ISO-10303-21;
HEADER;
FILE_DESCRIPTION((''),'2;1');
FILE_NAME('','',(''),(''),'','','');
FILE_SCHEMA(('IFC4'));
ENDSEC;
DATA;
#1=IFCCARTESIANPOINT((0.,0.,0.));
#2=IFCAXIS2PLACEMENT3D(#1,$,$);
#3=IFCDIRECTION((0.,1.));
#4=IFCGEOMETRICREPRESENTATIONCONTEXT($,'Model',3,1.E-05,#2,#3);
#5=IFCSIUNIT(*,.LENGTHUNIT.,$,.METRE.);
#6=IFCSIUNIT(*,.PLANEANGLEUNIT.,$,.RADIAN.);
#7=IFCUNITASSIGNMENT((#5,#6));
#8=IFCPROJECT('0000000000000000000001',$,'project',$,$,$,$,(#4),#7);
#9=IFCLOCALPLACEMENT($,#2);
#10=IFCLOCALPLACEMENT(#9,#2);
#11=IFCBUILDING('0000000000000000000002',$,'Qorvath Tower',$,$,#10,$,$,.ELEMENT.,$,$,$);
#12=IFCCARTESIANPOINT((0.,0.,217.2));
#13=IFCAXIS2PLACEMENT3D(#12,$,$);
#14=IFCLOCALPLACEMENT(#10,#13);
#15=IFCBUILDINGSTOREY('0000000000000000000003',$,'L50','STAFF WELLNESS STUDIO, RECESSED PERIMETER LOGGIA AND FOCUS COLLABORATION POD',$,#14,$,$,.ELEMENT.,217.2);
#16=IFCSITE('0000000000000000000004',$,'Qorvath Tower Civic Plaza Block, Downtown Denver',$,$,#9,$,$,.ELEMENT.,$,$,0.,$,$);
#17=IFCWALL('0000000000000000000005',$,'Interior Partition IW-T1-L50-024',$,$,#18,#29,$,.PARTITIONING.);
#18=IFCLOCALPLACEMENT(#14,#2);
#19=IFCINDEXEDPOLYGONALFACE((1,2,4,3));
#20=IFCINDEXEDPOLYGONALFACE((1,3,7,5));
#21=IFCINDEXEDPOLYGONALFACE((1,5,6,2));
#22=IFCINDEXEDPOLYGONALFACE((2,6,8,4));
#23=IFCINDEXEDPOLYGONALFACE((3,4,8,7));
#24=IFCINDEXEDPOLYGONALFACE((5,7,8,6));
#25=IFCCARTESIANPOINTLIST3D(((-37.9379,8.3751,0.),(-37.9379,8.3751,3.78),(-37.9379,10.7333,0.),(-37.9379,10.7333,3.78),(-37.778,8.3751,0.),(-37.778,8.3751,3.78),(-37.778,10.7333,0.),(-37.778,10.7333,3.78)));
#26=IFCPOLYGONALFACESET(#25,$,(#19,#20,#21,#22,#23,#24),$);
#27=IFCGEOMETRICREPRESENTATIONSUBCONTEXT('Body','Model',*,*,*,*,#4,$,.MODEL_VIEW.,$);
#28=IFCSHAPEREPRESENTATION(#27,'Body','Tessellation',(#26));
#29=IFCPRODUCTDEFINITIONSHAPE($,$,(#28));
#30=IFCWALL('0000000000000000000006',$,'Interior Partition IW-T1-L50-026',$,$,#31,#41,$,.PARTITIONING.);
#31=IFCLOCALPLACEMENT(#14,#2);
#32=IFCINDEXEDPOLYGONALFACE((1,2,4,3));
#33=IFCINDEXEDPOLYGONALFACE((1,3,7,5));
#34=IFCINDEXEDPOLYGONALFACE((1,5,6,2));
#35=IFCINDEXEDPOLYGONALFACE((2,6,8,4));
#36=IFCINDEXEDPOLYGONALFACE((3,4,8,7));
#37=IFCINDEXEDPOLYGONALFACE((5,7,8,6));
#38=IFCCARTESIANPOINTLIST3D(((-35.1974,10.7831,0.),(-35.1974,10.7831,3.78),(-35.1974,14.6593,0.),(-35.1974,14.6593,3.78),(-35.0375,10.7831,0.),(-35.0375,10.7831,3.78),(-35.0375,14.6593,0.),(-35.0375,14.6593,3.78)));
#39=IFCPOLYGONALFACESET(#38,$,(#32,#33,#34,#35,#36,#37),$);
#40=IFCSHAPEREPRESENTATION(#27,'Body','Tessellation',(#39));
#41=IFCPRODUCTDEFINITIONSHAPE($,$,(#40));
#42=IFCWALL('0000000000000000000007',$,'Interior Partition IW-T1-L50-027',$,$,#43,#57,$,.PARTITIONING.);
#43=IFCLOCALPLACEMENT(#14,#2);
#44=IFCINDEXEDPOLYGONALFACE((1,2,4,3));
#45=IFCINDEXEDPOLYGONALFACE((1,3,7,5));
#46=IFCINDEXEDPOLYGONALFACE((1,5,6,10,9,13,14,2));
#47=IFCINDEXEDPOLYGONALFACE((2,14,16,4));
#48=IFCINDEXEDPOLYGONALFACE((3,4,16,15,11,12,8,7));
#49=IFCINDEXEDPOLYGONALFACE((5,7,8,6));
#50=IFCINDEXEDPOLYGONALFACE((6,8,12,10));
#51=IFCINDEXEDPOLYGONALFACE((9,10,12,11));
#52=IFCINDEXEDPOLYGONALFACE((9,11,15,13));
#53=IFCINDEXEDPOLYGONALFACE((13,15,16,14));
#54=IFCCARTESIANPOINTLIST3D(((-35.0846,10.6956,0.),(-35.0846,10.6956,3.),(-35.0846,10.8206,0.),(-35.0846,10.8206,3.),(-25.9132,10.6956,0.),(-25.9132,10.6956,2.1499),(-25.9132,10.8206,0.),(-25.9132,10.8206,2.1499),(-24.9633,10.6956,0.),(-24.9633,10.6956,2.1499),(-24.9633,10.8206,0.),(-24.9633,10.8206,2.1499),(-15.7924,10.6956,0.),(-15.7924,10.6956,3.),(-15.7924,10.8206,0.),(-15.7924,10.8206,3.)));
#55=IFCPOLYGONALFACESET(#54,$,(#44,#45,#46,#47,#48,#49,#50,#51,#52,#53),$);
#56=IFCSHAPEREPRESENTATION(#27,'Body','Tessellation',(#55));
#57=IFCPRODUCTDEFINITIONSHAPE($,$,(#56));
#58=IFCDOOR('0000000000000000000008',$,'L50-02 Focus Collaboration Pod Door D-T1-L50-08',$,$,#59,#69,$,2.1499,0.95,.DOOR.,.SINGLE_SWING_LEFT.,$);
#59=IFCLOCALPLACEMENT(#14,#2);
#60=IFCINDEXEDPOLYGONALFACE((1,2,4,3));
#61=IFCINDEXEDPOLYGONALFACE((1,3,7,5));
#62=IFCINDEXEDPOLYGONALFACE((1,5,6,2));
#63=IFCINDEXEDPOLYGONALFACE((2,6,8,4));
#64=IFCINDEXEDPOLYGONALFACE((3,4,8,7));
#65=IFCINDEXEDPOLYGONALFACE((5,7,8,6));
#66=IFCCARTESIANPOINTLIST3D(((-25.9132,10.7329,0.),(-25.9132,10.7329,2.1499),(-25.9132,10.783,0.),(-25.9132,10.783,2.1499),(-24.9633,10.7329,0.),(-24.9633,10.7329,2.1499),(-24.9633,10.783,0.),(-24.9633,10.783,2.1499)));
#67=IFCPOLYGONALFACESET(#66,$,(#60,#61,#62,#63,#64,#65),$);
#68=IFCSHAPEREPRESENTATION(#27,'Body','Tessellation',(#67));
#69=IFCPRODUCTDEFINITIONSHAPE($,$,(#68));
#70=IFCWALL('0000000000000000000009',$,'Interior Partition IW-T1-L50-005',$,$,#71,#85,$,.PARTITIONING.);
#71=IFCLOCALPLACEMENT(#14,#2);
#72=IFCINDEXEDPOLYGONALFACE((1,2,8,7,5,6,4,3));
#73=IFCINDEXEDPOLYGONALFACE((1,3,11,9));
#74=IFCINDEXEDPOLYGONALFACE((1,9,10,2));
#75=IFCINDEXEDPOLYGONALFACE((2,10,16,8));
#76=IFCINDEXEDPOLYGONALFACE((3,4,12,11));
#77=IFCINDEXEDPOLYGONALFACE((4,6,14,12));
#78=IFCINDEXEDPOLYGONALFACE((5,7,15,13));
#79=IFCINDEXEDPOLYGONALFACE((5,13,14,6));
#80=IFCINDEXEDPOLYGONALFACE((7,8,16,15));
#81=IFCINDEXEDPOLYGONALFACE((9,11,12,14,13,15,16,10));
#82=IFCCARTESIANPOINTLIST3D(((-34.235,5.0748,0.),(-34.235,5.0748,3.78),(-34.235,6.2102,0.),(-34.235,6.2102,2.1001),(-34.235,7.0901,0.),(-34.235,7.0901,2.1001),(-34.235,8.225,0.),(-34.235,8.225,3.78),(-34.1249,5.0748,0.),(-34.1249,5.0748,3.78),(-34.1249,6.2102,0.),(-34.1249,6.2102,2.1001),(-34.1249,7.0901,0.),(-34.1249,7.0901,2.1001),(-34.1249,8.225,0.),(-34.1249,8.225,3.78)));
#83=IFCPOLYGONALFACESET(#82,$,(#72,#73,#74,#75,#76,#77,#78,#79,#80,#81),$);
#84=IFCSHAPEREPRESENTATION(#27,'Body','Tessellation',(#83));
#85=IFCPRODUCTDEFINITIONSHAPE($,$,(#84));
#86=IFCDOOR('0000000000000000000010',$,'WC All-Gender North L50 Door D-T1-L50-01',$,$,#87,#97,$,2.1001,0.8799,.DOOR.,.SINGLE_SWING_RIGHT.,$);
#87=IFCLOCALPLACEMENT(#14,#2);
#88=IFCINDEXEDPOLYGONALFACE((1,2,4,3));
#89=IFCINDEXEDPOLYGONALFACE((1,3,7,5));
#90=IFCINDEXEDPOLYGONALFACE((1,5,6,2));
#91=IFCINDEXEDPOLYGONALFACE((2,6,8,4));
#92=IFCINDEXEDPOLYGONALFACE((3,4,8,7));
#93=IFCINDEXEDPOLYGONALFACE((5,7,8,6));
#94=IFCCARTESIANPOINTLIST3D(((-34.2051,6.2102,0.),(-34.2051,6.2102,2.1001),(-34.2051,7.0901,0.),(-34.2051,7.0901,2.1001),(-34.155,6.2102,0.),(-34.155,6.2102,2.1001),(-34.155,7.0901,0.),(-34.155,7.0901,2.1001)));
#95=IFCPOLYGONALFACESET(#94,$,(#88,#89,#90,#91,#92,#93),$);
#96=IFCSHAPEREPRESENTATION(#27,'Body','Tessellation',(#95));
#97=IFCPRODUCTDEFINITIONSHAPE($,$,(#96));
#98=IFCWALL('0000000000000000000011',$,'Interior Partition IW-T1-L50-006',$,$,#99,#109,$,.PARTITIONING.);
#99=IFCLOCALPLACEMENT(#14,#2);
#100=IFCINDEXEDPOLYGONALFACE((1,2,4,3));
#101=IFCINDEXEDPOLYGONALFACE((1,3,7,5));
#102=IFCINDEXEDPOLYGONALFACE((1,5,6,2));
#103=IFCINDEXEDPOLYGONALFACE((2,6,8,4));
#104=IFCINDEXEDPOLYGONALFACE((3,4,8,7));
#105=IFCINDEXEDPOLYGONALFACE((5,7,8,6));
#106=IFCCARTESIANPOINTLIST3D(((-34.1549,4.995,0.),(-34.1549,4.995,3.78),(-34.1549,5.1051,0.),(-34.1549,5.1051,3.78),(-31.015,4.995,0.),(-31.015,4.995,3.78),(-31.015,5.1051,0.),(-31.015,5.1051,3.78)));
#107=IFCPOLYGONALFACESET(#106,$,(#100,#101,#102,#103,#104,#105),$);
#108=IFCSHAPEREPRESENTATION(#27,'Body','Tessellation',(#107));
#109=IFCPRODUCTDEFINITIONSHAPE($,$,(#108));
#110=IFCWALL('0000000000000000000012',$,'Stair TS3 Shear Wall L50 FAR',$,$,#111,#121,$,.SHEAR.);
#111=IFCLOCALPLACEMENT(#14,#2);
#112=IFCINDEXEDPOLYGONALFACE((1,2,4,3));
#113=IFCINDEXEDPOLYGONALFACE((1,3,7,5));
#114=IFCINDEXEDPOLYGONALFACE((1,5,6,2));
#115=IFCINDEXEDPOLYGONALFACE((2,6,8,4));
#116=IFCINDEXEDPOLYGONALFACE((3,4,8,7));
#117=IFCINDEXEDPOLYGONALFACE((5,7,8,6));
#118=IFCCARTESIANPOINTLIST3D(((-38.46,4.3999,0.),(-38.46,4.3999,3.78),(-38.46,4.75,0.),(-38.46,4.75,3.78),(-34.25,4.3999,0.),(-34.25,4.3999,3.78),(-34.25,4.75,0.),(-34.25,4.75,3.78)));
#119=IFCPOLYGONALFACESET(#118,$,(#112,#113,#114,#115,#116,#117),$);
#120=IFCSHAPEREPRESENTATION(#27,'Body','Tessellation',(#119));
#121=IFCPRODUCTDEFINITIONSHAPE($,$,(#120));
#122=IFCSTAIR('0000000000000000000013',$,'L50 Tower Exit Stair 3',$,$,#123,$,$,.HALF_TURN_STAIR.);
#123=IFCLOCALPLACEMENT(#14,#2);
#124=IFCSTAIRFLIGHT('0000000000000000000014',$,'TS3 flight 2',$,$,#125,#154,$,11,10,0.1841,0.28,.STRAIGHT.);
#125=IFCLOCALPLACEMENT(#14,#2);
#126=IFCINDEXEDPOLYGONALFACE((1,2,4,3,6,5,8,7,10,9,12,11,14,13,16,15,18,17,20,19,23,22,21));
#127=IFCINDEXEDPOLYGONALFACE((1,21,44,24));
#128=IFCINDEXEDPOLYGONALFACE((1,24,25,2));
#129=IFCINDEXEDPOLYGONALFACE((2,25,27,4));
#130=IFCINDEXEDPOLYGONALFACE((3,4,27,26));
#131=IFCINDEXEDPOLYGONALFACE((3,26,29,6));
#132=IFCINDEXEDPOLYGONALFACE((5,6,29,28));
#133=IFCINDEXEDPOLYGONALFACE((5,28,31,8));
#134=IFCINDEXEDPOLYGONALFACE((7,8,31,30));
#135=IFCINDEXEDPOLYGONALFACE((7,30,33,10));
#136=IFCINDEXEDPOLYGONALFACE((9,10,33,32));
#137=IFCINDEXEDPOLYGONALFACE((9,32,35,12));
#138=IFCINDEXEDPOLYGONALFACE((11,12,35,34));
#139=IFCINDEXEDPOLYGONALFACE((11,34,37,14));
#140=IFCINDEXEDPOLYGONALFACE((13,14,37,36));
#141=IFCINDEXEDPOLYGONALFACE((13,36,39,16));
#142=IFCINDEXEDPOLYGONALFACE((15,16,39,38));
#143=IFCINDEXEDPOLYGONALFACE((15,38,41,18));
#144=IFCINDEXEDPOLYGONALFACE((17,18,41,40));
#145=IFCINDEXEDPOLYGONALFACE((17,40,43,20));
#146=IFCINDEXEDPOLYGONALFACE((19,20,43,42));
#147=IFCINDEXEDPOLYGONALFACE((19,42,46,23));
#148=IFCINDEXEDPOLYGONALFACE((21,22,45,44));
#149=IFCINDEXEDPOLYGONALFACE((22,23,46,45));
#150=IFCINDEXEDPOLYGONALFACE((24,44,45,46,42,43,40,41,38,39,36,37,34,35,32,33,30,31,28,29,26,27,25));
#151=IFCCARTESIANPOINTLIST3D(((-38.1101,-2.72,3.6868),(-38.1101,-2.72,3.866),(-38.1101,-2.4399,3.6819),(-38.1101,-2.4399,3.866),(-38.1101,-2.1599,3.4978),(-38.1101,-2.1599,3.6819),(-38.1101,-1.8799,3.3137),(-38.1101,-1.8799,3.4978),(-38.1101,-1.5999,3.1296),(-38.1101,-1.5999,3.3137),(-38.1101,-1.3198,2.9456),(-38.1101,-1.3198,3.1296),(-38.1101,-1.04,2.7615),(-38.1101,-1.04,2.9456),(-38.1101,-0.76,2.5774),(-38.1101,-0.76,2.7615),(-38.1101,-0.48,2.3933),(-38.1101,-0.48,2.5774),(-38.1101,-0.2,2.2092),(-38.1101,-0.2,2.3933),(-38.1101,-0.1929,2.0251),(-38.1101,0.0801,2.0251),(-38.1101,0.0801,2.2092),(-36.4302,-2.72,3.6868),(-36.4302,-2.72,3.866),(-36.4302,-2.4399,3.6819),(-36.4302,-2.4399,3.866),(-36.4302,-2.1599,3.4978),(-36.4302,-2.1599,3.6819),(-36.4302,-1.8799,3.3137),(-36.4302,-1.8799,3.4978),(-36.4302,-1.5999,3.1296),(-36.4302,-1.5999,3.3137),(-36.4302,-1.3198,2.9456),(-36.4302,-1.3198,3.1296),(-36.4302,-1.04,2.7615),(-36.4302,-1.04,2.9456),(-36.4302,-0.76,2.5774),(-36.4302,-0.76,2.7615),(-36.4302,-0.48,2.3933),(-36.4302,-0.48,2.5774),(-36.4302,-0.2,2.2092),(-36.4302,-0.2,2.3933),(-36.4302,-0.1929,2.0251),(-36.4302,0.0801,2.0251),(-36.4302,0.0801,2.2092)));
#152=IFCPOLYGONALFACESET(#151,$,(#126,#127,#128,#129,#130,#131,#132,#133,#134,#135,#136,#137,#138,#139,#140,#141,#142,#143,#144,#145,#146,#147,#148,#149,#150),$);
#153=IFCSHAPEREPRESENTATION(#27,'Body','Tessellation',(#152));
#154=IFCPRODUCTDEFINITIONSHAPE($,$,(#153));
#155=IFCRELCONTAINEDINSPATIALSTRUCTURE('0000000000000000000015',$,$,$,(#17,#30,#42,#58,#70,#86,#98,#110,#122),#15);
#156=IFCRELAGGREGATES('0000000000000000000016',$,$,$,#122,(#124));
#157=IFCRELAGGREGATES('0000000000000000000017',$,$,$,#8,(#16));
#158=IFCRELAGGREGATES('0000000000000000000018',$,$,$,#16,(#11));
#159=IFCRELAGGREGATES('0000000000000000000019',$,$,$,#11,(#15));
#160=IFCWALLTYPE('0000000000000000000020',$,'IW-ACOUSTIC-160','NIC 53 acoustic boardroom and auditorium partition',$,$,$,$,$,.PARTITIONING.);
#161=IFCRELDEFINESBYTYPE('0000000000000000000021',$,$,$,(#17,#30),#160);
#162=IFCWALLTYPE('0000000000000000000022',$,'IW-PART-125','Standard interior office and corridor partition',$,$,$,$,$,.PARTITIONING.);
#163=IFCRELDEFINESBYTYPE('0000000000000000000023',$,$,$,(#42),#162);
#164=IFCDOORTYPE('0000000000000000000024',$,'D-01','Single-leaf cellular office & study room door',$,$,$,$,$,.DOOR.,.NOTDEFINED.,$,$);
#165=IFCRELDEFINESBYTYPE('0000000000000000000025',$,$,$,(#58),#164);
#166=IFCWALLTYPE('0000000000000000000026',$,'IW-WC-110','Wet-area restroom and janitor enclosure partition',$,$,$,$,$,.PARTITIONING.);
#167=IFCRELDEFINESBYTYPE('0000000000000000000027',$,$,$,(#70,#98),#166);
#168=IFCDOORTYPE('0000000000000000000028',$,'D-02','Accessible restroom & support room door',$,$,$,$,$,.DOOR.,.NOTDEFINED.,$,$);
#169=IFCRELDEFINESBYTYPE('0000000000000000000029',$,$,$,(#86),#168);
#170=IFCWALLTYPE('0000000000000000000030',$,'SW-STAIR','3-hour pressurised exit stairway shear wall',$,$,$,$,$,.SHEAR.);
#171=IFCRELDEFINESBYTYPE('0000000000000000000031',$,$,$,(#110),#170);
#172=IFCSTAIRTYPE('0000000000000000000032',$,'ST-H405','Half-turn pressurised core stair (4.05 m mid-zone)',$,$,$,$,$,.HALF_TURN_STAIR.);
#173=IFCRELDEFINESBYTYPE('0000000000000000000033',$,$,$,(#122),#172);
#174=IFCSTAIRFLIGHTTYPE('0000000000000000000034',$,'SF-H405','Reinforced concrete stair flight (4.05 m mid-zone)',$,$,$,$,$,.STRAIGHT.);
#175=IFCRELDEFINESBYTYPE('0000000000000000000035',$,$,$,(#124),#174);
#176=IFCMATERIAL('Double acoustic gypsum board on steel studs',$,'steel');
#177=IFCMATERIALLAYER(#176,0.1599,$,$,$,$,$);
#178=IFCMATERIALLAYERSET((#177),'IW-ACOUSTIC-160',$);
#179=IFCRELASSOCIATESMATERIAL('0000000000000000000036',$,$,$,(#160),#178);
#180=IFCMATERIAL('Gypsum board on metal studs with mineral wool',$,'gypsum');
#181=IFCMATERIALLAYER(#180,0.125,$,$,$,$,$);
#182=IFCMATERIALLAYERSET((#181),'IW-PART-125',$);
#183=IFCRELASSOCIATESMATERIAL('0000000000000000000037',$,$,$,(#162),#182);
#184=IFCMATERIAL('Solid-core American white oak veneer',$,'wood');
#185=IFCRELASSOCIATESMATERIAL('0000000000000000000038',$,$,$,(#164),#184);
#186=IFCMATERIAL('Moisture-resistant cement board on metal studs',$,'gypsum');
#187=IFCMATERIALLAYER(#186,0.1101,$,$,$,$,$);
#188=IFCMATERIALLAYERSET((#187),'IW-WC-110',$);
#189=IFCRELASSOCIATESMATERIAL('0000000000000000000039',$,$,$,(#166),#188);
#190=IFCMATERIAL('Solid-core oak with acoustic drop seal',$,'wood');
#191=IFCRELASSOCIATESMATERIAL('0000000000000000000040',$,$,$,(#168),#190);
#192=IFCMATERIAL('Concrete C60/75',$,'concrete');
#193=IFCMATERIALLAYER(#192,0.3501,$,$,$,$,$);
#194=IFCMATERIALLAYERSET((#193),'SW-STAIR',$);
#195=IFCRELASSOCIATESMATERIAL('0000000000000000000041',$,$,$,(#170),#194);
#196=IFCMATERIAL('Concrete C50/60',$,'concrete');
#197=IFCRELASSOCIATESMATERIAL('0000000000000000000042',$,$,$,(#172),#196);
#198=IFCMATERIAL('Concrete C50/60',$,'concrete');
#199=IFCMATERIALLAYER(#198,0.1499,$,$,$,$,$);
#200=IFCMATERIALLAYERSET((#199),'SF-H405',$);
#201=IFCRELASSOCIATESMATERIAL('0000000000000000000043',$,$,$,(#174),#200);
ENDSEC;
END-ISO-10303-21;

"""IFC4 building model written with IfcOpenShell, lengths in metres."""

from ifc_helpers import new_model, si_unit, direction, frame, frame_2d, origin, place, context, subcontext, project, spatial, polyline, rectangle, outline, extrude, material, layer, layer_set, type_object, element, fill, aggregate, save


model = new_model("IFC4")

# Units and contexts
model_context = context("Model", 3, precision=1e-05, world=origin(), true_north=direction((0.0, 1.0)))
body_context = subcontext(model_context, "Body", "Model", "MODEL_VIEW")
ifc_project = project(units=[si_unit("LENGTHUNIT", "METRE"), si_unit("PLANEANGLEUNIT", "RADIAN")], contexts=[model_context])

# Site, building, storey
site_placement = place(None, origin())
site = spatial("IfcSite", under=ifc_project, at=site_placement, Name="Qorvath Tower Civic Plaza Block, Downtown Denver", CompositionType="ELEMENT", RefElevation=0.0)
building_placement = place(site_placement, origin())
building = spatial("IfcBuilding", under=site, at=building_placement, Name="Qorvath Tower", CompositionType="ELEMENT")
storey_placement = place(building_placement, frame((0.0, 0.0, 217.2)))
storey = spatial("IfcBuildingStorey", under=building, at=storey_placement, Name="L50", Description="STAFF WELLNESS STUDIO, RECESSED PERIMETER LOGGIA AND FOCUS COLLABORATION POD", CompositionType="ELEMENT", Elevation=217.2)

# Wall
ifc_material_1 = material(Name="Double acoustic gypsum board on steel studs", Category="steel")
ifc_layer_1 = layer(ifc_material_1, 0.1599)
ifc_layer_set_1 = layer_set([ifc_layer_1], Name="IW-ACOUSTIC-160")
wall_type_1 = type_object("IfcWallType", Name="IW-ACOUSTIC-160", Description="NIC 53 acoustic boardroom and auditorium partition", PredefinedType="PARTITIONING", material=ifc_layer_set_1)
wall_1_placement = place(storey_placement, frame((-37.8579, 8.375, 0.0), z_axis=(0.0, 0.0, 1.0), x_axis=(0.0, 1.0, 0.0)))
element("IfcWall", 1, at=wall_1_placement, inside=storey, type_object=wall_type_1, Name="Interior Partition IW-T1-L50-024", PredefinedType="PARTITIONING", context=body_context, shape_type="SweptSolid", body=[
    extrude(rectangle(XDim=2.3582, YDim=0.1599, at=frame_2d((1.1792, 0.0))), origin(), (0.0, 0.0, 1.0), 3.78),
])

# Wall
wall_2_placement = place(storey_placement, frame((-35.1174, 10.7832, 0.0), z_axis=(0.0, 0.0, 1.0), x_axis=(0.0, 1.0, 0.0)))
element("IfcWall", 2, at=wall_2_placement, inside=storey, type_object=wall_type_1, Name="Interior Partition IW-T1-L50-026", PredefinedType="PARTITIONING", context=body_context, shape_type="SweptSolid", body=[
    extrude(rectangle(XDim=3.8762, YDim=0.1599, at=frame_2d((1.938, 0.0))), origin(), (0.0, 0.0, 1.0), 3.78),
])

# Walls, openings, doors
ifc_material_2 = material(Name="Gypsum board on metal studs with mineral wool", Category="gypsum")
ifc_layer_2 = layer(ifc_material_2, 0.125)
ifc_layer_set_2 = layer_set([ifc_layer_2], Name="IW-PART-125")
wall_type_2 = type_object("IfcWallType", Name="IW-PART-125", Description="Standard interior office and corridor partition", PredefinedType="PARTITIONING", material=ifc_layer_set_2)
wall_3_placement = place(storey_placement, frame((-35.0845, 10.7581, 0.0), z_axis=(0.0, 0.0, 1.0), x_axis=(1.0, 0.0, 0.0)))
wall_3 = element("IfcWall", 3, at=wall_3_placement, inside=storey, type_object=wall_type_2, Name="Interior Partition IW-T1-L50-027", PredefinedType="PARTITIONING", context=body_context, shape_type="SweptSolid", body=[
    extrude(rectangle(XDim=19.2922, YDim=0.125, at=frame_2d((9.646, 0.0))), origin(), (0.0, 0.0, 1.0), 3.0),
])
opening_1_placement = place(wall_3_placement, frame((9.1711, 0.0, 0.0)))
opening_1 = element("IfcOpeningElement", 4, at=opening_1_placement, cuts=wall_3, PredefinedType="OPENING", context=body_context, shape_type="SweptSolid", body=[
    extrude(rectangle(XDim=0.95, YDim=2.1499, at=frame_2d((0.4751, 1.075))), frame((0.0, 0.0725, 0.0), z_axis=(0.0, -1.0, 0.0), x_axis=(1.0, 0.0, 0.0)), (0.0, 0.0, 1.0), 0.145),
])
ifc_material_3 = material(Name="Solid-core American white oak veneer", Category="wood")
door_type_1 = type_object("IfcDoorType", Name="D-01", Description="Single-leaf cellular office & study room door", OperationType="NOTDEFINED", PredefinedType="DOOR", material=ifc_material_3)
door_1_placement = place(opening_1_placement, origin())
door_1 = element("IfcDoor", 5, at=door_1_placement, inside=storey, type_object=door_type_1, Name="L50-02 Focus Collaboration Pod Door D-T1-L50-08", OperationType="SINGLE_SWING_LEFT", OverallHeight=2.1499, OverallWidth=0.95, PredefinedType="DOOR", context=body_context, shape_type="SweptSolid", body=[
    extrude(rectangle(XDim=0.95, YDim=2.1499, at=frame_2d((0.4751, 1.075))), frame((0.0, 0.0249, 0.0), z_axis=(0.0, -1.0, 0.0), x_axis=(1.0, 0.0, 0.0)), (0.0, 0.0, 1.0), 0.05),
])
fill(opening_1, door_1)
ifc_material_4 = material(Name="Moisture-resistant cement board on metal studs", Category="gypsum")
ifc_layer_3 = layer(ifc_material_4, 0.1101)
ifc_layer_set_3 = layer_set([ifc_layer_3], Name="IW-WC-110")
wall_type_3 = type_object("IfcWallType", Name="IW-WC-110", Description="Wet-area restroom and janitor enclosure partition", PredefinedType="PARTITIONING", material=ifc_layer_set_3)
wall_4_placement = place(storey_placement, frame((-34.1799, 8.2251, 0.0), z_axis=(0.0, 0.0, 1.0), x_axis=(0.0, -1.0, 0.0)))
wall_4 = element("IfcWall", 6, at=wall_4_placement, inside=storey, type_object=wall_type_3, Name="Interior Partition IW-T1-L50-005", PredefinedType="PARTITIONING", context=body_context, shape_type="SweptSolid", body=[
    extrude(rectangle(XDim=3.1501, YDim=0.1101, at=frame_2d((1.5752, 0.0))), origin(), (0.0, 0.0, 1.0), 3.78),
])
opening_2_placement = place(wall_4_placement, frame((1.135, 0.0, 0.0)))
opening_2 = element("IfcOpeningElement", 7, at=opening_2_placement, cuts=wall_4, PredefinedType="OPENING", context=body_context, shape_type="SweptSolid", body=[
    extrude(rectangle(XDim=0.8799, YDim=2.1001, at=frame_2d((0.4399, 1.05))), frame((0.0, 0.0649, 0.0), z_axis=(0.0, -1.0, 0.0), x_axis=(1.0, 0.0, 0.0)), (0.0, 0.0, 1.0), 0.1301),
])
ifc_material_5 = material(Name="Solid-core oak with acoustic drop seal", Category="wood")
door_type_2 = type_object("IfcDoorType", Name="D-02", Description="Accessible restroom & support room door", OperationType="NOTDEFINED", PredefinedType="DOOR", material=ifc_material_5)
door_2_placement = place(opening_2_placement, origin())
door_2 = element("IfcDoor", 8, at=door_2_placement, inside=storey, type_object=door_type_2, Name="WC All-Gender North L50 Door D-T1-L50-01", OperationType="SINGLE_SWING_RIGHT", OverallHeight=2.1001, OverallWidth=0.8799, PredefinedType="DOOR", context=body_context, shape_type="SweptSolid", body=[
    extrude(rectangle(XDim=0.8799, YDim=2.1001, at=frame_2d((0.4399, 1.05))), frame((0.0, 0.0249, 0.0), z_axis=(0.0, -1.0, 0.0), x_axis=(1.0, 0.0, 0.0)), (0.0, 0.0, 1.0), 0.05),
])
fill(opening_2, door_2)

# Walls
wall_5_placement = place(storey_placement, frame((-34.1548, 5.05, 0.0), z_axis=(0.0, 0.0, 1.0), x_axis=(1.0, 0.0, 0.0)))
element("IfcWall", 9, at=wall_5_placement, inside=storey, type_object=wall_type_3, Name="Interior Partition IW-T1-L50-006", PredefinedType="PARTITIONING", context=body_context, shape_type="SweptSolid", body=[
    extrude(rectangle(XDim=3.1399, YDim=0.1101, at=frame_2d((1.5698, 0.0))), origin(), (0.0, 0.0, 1.0), 3.78),
])
ifc_material_6 = material(Name="Concrete C60/75", Category="concrete")
ifc_layer_4 = layer(ifc_material_6, 0.3501)
ifc_layer_set_4 = layer_set([ifc_layer_4], Name="SW-STAIR")
wall_type_4 = type_object("IfcWallType", Name="SW-STAIR", Description="3-hour pressurised exit stairway shear wall", PredefinedType="SHEAR", material=ifc_layer_set_4)
wall_6_placement = place(storey_placement, frame((-34.25, 4.575, 0.0), z_axis=(0.0, 0.0, 1.0), x_axis=(-1.0, 0.0, 0.0)))
element("IfcWall", 10, at=wall_6_placement, inside=storey, type_object=wall_type_4, Name="Stair TS3 Shear Wall L50 FAR", PredefinedType="SHEAR", context=body_context, shape_type="SweptSolid", body=[
    extrude(rectangle(XDim=4.21, YDim=0.3501, at=frame_2d((2.105, 0.0))), origin(), (0.0, 0.0, 1.0), 3.78),
])

# Stair, stair flight
ifc_material_7 = material(Name="Concrete C50/60", Category="concrete")
stair_type = type_object("IfcStairType", Name="ST-H405", Description="Half-turn pressurised core stair (4.05 m mid-zone)", PredefinedType="HALF_TURN_STAIR", material=ifc_material_7)
stair_placement = place(storey_placement, origin())
stair = element("IfcStair", 11, at=stair_placement, inside=storey, type_object=stair_type, Name="L50 Tower Exit Stair 3", PredefinedType="HALF_TURN_STAIR")
ifc_material_8 = material(Name="Concrete C50/60", Category="concrete")
ifc_layer_5 = layer(ifc_material_8, 0.1499)
ifc_layer_set_5 = layer_set([ifc_layer_5], Name="SF-H405")
stair_flight_type = type_object("IfcStairFlightType", Name="SF-H405", Description="Reinforced concrete stair flight (4.05 m mid-zone)", PredefinedType="STRAIGHT", material=ifc_layer_set_5)
stair_flight_placement = place(storey_placement, frame((-37.27, 0.0801, 2.0251), z_axis=(0.0, 0.0, 1.0), x_axis=(0.0, -1.0, 0.0)))
stair_flight = element("IfcStairFlight", 12, at=stair_flight_placement, type_object=stair_flight_type, Name="TS3 flight 2", NumberOfRisers=11, NumberOfTreads=10, PredefinedType="STRAIGHT", RiserHeight=0.1841, TreadLength=0.28, context=body_context, shape_type="SweptSolid", body=[
    extrude(outline(polyline([(0.0, 0.0), (0.0, 0.1841), (0.28, 0.1841), (0.28, 0.3682), (0.5601, 0.3682), (0.5601, 0.5522), (0.8401, 0.5522), (0.8401, 0.7363), (1.1201, 0.7363), (1.1201, 0.9204), (1.3999, 0.9204), (1.3999, 1.1045), (1.6799, 1.1045), (1.6799, 1.2886), (1.96, 1.2886), (1.96, 1.4727), (2.24, 1.4727), (2.24, 1.6567), (2.52, 1.6567), (2.52, 1.8408), (2.8, 1.8408), (2.8, 2.0249), (2.8, 1.6616), (0.2729, 0.0), (0.0, 0.0)])), frame((0.0, 0.8398, 0.0), z_axis=(0.0, -1.0, 0.0), x_axis=(1.0, 0.0, 0.0)), (0.0, 0.0, 1.0), 1.6799),
])
aggregate(stair, [stair_flight])

save(model, "model.ifc")
